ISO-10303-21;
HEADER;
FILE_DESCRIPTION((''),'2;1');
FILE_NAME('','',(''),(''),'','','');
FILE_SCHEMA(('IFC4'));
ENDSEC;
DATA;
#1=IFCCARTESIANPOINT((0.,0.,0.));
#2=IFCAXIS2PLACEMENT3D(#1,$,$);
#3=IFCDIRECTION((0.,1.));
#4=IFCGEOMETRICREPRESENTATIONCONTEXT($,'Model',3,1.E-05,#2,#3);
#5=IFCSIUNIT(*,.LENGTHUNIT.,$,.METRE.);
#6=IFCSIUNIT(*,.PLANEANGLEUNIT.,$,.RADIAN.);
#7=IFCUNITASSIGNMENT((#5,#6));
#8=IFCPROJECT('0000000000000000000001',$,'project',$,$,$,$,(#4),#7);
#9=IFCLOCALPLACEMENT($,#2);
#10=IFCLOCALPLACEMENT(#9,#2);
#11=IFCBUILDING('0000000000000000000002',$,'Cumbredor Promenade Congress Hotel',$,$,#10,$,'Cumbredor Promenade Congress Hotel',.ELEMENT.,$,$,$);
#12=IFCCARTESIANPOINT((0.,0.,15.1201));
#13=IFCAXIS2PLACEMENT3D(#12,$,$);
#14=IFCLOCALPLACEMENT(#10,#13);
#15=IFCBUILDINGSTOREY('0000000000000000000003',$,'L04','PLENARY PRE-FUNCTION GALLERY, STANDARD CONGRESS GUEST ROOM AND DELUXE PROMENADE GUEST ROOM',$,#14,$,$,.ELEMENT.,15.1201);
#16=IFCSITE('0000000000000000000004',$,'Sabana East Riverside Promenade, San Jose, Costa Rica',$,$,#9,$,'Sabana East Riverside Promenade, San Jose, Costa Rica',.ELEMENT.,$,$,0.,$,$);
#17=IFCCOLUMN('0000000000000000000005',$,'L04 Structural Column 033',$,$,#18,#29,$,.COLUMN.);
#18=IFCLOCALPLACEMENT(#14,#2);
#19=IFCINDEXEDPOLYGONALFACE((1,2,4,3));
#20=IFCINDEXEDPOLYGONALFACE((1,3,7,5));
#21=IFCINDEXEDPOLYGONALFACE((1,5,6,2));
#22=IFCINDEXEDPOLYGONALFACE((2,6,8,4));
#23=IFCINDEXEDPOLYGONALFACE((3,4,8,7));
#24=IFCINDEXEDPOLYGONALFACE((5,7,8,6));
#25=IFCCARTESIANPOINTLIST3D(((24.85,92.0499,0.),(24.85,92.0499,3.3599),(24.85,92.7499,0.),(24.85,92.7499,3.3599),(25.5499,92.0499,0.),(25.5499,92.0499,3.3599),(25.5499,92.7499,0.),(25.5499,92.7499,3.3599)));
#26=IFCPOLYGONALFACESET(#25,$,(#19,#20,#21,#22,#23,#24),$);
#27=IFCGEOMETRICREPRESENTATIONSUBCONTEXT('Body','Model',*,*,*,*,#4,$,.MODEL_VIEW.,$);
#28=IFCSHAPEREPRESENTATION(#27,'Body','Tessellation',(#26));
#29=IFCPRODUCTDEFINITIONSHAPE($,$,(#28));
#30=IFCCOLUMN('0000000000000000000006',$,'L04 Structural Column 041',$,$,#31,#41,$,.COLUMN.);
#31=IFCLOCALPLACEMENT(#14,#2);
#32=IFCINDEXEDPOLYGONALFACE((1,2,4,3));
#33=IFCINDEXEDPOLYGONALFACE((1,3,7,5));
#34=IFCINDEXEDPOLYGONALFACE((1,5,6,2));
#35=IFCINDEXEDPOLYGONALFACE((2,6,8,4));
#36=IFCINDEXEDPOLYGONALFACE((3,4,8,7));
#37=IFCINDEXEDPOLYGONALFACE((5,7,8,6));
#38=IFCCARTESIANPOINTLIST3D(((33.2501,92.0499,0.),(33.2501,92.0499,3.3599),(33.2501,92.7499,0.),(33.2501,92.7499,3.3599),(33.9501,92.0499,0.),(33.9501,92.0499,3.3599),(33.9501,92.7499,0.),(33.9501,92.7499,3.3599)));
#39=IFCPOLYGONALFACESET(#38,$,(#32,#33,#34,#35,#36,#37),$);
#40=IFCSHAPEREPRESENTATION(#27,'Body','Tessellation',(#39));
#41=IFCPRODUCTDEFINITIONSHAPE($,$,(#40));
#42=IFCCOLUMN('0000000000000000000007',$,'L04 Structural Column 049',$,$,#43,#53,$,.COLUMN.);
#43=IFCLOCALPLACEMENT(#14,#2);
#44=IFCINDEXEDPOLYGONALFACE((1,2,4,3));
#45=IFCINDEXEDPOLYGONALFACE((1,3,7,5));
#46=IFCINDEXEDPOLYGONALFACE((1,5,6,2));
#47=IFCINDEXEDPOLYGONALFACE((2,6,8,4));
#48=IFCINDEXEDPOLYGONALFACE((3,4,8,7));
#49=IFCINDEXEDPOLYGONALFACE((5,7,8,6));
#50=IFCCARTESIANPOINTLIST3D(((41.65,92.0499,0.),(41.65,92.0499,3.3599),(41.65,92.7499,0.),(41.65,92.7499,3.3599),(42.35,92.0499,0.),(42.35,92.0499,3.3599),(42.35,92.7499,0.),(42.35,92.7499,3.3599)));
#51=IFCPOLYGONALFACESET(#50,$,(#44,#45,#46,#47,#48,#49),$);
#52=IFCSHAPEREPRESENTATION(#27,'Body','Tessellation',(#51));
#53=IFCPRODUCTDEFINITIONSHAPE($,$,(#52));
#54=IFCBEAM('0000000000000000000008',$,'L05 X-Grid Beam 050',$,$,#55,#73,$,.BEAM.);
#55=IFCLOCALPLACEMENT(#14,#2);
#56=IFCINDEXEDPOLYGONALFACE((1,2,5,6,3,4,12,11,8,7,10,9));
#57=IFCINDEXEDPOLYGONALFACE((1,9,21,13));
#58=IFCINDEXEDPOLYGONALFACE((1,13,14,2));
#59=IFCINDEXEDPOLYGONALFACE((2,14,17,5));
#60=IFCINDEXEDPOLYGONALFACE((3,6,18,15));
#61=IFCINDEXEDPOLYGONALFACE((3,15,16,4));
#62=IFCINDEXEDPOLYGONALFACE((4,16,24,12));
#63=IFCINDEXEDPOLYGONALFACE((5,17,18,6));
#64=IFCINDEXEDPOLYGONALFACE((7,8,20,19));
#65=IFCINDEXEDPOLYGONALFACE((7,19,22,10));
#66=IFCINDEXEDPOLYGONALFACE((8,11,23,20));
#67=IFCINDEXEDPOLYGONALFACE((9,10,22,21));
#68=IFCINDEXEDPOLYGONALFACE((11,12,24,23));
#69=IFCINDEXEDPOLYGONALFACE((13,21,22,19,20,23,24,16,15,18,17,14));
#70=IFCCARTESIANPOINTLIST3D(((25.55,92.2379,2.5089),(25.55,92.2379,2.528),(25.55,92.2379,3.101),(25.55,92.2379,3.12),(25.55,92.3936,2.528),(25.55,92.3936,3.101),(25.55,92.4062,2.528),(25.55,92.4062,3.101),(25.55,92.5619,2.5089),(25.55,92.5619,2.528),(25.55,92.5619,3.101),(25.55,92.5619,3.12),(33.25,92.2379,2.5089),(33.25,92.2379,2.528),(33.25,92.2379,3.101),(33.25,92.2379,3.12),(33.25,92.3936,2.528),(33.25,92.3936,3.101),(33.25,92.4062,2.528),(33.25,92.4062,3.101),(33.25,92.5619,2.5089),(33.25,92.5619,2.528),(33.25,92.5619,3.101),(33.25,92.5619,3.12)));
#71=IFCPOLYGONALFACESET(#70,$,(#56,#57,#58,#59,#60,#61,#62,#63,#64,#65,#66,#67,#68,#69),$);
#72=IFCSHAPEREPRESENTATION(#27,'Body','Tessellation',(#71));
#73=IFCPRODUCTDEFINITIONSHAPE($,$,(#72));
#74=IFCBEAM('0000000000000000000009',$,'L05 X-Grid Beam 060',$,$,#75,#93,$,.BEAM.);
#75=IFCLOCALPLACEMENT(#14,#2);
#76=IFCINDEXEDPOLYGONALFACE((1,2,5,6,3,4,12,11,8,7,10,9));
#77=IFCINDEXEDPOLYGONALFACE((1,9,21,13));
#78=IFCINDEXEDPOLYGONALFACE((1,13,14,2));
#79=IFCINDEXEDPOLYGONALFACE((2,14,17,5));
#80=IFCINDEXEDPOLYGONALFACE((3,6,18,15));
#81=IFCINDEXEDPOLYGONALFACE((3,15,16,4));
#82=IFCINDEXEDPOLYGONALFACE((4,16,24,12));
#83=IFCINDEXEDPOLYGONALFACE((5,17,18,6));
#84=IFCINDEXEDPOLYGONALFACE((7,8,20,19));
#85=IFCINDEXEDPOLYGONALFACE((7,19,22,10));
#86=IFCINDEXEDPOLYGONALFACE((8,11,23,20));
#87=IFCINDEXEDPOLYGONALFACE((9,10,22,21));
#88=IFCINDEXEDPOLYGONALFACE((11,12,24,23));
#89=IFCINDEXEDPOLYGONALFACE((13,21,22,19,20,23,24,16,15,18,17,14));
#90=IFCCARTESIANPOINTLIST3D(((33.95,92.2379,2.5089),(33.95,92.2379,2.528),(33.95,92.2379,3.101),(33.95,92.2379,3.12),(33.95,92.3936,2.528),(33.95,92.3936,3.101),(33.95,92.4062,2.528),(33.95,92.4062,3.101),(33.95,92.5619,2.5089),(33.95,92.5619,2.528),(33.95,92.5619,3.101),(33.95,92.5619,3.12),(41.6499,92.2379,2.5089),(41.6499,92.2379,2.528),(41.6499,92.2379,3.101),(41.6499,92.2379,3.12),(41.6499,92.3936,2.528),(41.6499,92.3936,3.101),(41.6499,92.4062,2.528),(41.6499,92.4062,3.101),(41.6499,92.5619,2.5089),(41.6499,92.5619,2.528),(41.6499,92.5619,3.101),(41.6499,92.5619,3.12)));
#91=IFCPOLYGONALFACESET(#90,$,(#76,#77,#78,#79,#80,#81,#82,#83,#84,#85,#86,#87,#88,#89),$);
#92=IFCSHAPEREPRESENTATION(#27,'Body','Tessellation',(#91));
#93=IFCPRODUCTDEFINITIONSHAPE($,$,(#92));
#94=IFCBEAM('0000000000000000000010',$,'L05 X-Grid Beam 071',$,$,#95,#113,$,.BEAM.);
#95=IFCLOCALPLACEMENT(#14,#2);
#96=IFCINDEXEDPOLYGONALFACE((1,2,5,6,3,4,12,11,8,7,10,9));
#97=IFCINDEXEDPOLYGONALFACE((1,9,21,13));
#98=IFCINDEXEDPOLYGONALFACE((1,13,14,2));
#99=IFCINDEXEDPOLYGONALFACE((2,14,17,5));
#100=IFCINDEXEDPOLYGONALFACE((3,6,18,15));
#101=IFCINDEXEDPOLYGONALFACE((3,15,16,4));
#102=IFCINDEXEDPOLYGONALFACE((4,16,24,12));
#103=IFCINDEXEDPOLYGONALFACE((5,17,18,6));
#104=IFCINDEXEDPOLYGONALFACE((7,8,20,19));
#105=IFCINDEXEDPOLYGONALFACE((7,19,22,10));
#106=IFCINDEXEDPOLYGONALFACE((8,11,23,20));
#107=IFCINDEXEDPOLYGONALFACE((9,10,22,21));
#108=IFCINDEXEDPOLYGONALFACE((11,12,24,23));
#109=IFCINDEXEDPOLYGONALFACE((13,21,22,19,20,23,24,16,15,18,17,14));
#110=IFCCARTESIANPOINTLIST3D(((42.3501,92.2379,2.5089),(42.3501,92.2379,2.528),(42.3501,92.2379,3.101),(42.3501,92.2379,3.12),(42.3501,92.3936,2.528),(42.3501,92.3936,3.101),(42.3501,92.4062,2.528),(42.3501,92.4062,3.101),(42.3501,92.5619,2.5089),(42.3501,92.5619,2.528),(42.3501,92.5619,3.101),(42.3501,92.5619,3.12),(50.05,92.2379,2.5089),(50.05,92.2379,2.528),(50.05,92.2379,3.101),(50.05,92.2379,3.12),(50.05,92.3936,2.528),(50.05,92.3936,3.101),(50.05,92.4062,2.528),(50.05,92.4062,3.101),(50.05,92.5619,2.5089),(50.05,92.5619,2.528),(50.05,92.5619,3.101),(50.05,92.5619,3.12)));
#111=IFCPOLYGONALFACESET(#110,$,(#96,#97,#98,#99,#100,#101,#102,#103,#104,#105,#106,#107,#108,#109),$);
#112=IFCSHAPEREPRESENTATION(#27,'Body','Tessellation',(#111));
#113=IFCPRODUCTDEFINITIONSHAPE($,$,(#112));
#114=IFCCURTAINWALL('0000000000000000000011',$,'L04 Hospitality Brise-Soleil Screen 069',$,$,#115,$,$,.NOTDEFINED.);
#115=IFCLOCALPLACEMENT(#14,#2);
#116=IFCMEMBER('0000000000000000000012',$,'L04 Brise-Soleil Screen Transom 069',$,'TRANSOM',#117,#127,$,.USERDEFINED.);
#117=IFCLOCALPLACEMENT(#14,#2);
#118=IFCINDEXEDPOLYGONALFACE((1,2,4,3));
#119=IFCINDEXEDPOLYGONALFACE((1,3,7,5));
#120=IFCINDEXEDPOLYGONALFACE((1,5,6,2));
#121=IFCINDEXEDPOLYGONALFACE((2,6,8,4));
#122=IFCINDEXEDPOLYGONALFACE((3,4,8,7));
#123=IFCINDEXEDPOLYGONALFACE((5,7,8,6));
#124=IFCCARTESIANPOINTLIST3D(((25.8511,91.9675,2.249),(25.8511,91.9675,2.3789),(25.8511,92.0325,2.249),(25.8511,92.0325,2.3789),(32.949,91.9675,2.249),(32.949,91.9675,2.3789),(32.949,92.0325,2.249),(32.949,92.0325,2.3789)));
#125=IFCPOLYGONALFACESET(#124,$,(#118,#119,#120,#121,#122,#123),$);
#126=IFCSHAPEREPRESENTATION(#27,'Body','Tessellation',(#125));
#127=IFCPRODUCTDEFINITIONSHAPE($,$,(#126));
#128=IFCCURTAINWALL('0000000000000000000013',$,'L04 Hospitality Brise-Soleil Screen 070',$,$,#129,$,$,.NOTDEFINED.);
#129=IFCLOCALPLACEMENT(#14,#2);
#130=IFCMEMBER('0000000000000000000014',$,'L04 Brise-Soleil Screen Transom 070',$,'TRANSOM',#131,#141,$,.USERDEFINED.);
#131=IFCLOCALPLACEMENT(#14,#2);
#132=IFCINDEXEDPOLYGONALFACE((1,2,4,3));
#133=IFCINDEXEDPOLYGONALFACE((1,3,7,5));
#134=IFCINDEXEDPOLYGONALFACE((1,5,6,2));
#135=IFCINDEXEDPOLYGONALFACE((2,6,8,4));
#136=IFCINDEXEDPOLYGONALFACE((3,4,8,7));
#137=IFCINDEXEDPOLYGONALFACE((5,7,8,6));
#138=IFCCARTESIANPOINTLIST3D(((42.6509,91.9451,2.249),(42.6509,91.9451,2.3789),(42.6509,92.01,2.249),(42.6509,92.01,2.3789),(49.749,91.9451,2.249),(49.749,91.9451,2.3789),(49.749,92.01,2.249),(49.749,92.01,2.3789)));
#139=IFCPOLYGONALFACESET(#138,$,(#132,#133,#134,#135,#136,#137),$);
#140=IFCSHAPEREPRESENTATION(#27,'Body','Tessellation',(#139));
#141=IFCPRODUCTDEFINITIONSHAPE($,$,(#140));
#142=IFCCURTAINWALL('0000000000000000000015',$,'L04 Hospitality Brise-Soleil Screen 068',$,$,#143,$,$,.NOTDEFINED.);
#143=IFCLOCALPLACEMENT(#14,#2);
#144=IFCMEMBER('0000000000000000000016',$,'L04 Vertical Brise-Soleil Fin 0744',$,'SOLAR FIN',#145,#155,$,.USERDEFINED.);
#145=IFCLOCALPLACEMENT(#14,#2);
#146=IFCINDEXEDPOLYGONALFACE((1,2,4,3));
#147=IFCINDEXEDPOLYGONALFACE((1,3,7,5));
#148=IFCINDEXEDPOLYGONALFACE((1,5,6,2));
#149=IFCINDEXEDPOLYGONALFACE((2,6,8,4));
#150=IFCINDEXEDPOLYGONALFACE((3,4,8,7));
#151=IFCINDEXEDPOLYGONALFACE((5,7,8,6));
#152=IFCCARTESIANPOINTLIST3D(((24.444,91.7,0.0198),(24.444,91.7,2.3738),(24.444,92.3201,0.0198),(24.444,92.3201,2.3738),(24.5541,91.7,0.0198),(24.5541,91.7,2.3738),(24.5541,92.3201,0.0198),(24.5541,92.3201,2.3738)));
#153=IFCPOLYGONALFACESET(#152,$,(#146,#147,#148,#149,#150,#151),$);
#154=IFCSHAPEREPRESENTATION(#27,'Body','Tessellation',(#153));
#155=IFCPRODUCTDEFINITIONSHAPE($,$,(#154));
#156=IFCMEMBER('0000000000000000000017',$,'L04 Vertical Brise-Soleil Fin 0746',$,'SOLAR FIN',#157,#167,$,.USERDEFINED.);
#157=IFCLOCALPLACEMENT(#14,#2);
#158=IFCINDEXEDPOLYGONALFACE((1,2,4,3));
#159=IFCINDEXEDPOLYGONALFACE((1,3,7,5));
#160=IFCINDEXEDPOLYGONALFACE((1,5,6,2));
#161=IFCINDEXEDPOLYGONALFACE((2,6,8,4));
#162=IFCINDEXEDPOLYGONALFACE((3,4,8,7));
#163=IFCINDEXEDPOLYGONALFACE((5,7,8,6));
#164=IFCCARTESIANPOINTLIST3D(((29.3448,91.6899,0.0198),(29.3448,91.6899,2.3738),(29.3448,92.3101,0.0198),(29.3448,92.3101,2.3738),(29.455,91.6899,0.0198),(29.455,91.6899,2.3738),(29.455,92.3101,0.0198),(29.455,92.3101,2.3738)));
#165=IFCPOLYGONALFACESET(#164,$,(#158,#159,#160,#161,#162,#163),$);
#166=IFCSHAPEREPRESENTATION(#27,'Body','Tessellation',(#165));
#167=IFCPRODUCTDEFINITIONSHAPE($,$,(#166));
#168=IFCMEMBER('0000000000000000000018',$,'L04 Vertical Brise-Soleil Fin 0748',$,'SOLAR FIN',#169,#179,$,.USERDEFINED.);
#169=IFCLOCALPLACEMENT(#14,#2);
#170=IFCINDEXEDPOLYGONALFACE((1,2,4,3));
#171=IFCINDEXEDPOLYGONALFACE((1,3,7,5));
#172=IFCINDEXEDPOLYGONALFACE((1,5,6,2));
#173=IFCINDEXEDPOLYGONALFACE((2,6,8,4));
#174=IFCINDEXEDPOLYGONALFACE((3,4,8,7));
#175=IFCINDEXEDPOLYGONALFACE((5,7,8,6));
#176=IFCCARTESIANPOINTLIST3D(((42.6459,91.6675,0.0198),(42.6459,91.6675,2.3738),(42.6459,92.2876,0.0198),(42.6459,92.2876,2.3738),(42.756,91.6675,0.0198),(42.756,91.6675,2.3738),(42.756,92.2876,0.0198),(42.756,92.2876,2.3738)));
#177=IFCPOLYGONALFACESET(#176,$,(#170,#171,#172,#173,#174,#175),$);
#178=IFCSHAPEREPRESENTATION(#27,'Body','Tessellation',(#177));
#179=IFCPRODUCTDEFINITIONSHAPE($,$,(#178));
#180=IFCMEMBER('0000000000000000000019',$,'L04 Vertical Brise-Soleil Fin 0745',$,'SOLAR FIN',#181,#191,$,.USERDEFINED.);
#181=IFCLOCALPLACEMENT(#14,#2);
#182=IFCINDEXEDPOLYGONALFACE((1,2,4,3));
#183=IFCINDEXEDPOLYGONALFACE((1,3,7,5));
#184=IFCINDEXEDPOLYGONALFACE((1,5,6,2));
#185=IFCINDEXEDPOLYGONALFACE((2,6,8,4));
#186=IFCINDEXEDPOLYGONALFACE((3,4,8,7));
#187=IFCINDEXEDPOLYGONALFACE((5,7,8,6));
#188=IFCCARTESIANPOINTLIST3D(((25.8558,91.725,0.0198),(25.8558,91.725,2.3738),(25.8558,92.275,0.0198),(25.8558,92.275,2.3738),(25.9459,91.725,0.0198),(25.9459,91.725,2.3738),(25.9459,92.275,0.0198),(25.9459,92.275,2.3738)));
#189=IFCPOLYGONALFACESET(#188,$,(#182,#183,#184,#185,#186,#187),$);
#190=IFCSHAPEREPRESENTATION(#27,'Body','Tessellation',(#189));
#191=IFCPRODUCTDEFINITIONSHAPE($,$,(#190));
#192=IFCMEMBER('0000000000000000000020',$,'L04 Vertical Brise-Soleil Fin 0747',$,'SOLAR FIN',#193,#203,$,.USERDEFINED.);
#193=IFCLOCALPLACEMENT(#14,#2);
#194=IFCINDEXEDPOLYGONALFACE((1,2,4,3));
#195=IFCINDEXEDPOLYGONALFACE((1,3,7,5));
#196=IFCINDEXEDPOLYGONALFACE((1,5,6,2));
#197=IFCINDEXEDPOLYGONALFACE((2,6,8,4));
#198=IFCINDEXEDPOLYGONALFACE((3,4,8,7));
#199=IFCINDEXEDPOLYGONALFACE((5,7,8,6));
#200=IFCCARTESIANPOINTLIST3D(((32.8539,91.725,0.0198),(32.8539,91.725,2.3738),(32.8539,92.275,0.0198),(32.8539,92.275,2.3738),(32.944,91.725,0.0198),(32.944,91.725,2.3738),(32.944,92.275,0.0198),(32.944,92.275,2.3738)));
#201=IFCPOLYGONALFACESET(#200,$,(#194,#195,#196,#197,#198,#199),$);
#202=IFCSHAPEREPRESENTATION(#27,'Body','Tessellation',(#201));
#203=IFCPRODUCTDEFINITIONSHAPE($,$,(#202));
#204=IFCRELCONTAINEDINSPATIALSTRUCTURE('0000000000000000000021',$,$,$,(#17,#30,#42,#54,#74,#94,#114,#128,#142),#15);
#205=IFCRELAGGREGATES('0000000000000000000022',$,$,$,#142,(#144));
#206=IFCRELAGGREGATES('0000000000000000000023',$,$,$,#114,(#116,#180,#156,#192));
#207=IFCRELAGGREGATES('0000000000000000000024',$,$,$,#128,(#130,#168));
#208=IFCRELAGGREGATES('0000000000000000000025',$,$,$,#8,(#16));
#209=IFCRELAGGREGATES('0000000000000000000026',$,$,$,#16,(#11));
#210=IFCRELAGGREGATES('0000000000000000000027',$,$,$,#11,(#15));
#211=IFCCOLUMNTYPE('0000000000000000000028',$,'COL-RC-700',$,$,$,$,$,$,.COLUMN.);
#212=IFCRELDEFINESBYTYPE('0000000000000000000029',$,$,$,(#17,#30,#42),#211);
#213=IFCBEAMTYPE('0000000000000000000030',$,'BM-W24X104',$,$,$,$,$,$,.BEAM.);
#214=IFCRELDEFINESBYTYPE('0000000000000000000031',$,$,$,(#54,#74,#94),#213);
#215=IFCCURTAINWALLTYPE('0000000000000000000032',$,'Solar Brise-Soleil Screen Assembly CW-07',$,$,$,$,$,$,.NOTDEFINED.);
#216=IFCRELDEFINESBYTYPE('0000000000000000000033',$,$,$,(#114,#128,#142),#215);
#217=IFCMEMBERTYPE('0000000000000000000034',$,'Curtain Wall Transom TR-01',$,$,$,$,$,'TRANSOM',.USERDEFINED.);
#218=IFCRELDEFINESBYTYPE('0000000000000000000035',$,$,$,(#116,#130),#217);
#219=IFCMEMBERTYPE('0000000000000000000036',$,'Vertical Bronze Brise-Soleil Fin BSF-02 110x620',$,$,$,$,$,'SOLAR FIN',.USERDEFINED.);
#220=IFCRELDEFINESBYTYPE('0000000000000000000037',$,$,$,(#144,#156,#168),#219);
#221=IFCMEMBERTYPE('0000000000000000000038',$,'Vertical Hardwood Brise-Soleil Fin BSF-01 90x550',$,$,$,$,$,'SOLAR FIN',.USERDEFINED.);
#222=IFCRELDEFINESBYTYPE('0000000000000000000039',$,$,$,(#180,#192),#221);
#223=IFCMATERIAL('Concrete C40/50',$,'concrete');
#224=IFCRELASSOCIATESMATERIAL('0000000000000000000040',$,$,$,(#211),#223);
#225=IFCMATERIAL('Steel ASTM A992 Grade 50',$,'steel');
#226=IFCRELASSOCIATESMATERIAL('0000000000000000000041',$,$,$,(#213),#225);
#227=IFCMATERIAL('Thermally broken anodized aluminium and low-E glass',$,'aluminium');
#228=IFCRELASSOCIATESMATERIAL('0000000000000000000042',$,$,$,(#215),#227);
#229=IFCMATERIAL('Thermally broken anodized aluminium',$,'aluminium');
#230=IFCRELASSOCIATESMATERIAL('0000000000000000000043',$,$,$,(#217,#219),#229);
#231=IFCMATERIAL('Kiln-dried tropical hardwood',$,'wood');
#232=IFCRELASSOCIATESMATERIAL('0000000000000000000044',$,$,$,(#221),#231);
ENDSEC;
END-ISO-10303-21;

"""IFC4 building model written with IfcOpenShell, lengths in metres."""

from ifc_helpers import new_model, si_unit, direction, frame, origin, origin_2d, place, context, subcontext, project, spatial, rectangle, i_section, extrude, material, material_profile, profile_set, type_object, element, aggregate, save


model = new_model("IFC4")

# Units and contexts
model_context = context("Model", 3, precision=1e-05, world=origin(), true_north=direction((0.0, 1.0)))
body_context = subcontext(model_context, "Body", "Model", "MODEL_VIEW")
ifc_project = project(units=[si_unit("LENGTHUNIT", "METRE"), si_unit("PLANEANGLEUNIT", "RADIAN")], contexts=[model_context])

# Site, building, storey
site_placement = place(None, origin())
site = spatial("IfcSite", under=ifc_project, at=site_placement, Name="Sabana East Riverside Promenade, San Jose, Costa Rica", LongName="Sabana East Riverside Promenade, San Jose, Costa Rica", CompositionType="ELEMENT", RefElevation=0.0)
building_placement = place(site_placement, origin())
building = spatial("IfcBuilding", under=site, at=building_placement, Name="Cumbredor Promenade Congress Hotel", LongName="Cumbredor Promenade Congress Hotel", CompositionType="ELEMENT")
storey_placement = place(building_placement, frame((0.0, 0.0, 15.1201)))
storey = spatial("IfcBuildingStorey", under=building, at=storey_placement, Name="L04", Description="PLENARY PRE-FUNCTION GALLERY, STANDARD CONGRESS GUEST ROOM AND DELUXE PROMENADE GUEST ROOM", CompositionType="ELEMENT", Elevation=15.1201)

# Columns
ifc_material_1 = material(Name="Concrete C40/50", Category="concrete")
ifc_material_profile_1 = material_profile(ifc_material_1, rectangle(XDim=0.7, YDim=0.7, at=origin_2d()), Name="RC 700x700")
ifc_profile_set_1 = profile_set([ifc_material_profile_1], Name="Concrete C40/50")
column_type = type_object("IfcColumnType", Name="COL-RC-700", PredefinedType="COLUMN", material=ifc_profile_set_1)
for number, where, z_axis, x_axis, name in (
    (1, (25.2, 92.3999, 0.0), (0.0, 0.0, 1.0), (1.0, 0.0, 0.0), "L04 Structural Column 033"),
    (2, (33.6001, 92.3999, 0.0), (0.0, 0.0, 1.0), (1.0, 0.0, 0.0), "L04 Structural Column 041"),
    (3, (42.0, 92.3999, 0.0), (0.0, 0.0, 1.0), (1.0, 0.0, 0.0), "L04 Structural Column 049"),
):
    element("IfcColumn", number, at=place(storey_placement, frame(where, z_axis=z_axis, x_axis=x_axis)), inside=storey, type_object=column_type, Name=name, PredefinedType="COLUMN", context=body_context, shape_type="SweptSolid", body=[
        extrude(rectangle(XDim=0.7, YDim=0.7, at=origin_2d()), origin(), (0.0, 0.0, 1.0), 3.3599),
    ])

# Beams
ifc_material_2 = material(Name="Steel ASTM A992 Grade 50", Category="steel")
ifc_material_profile_2 = material_profile(ifc_material_2, i_section(OverallWidth=0.324, OverallDepth=0.6111, WebThickness=0.0127, FlangeThickness=0.019, at=origin_2d()), Name="W24X104")
ifc_profile_set_2 = profile_set([ifc_material_profile_2], Name="Steel ASTM A992 Grade 50")
beam_type = type_object("IfcBeamType", Name="BM-W24X104", PredefinedType="BEAM", material=ifc_profile_set_2)
for number, where, z_axis, x_axis, name in (
    (4, (25.55, 92.3999, 2.8145), (1.0, 0.0, 0.0), (0.0, 1.0, 0.0), "L05 X-Grid Beam 050"),
    (5, (33.95, 92.3999, 2.8145), (1.0, 0.0, 0.0), (0.0, 1.0, 0.0), "L05 X-Grid Beam 060"),
    (6, (42.3501, 92.3999, 2.8145), (1.0, 0.0, 0.0), (0.0, 1.0, 0.0), "L05 X-Grid Beam 071"),
):
    element("IfcBeam", number, at=place(storey_placement, frame(where, z_axis=z_axis, x_axis=x_axis)), inside=storey, type_object=beam_type, Name=name, PredefinedType="BEAM", context=body_context, shape_type="SweptSolid", body=[
        extrude(i_section(OverallWidth=0.324, OverallDepth=0.6111, WebThickness=0.0127, FlangeThickness=0.019, at=origin_2d()), origin(), (0.0, 0.0, 1.0), 7.7),
    ])

# Curtain walls, members
ifc_material_3 = material(Name="Thermally broken anodized aluminium and low-E glass", Category="aluminium")
curtain_wall_type = type_object("IfcCurtainWallType", Name="Solar Brise-Soleil Screen Assembly CW-07", PredefinedType="NOTDEFINED", material=ifc_material_3)
curtain_wall_1_placement = place(storey_placement, origin())
curtain_wall_1 = element("IfcCurtainWall", 7, at=curtain_wall_1_placement, inside=storey, type_object=curtain_wall_type, Name="L04 Hospitality Brise-Soleil Screen 069", PredefinedType="NOTDEFINED")
ifc_material_4 = material(Name="Thermally broken anodized aluminium", Category="aluminium")
ifc_material_profile_3 = material_profile(ifc_material_4, rectangle(XDim=0.0649, YDim=0.1299, at=origin_2d()), Name="ALU TRANSOM 65x130")
ifc_profile_set_3 = profile_set([ifc_material_profile_3], Name="Thermally broken anodized aluminium")
member_type_1 = type_object("IfcMemberType", Name="Curtain Wall Transom TR-01", ElementType="TRANSOM", PredefinedType="USERDEFINED", material=ifc_profile_set_3)
member_1_placement = place(storey_placement, frame((25.8511, 92.0, 2.314), z_axis=(1.0, 0.0, 0.0), x_axis=(0.0, 1.0, 0.0)))
member_1 = element("IfcMember", 8, at=member_1_placement, type_object=member_type_1, Name="L04 Brise-Soleil Screen Transom 069", ObjectType="TRANSOM", PredefinedType="USERDEFINED", context=body_context, shape_type="SweptSolid", body=[
    extrude(rectangle(XDim=0.0649, YDim=0.1299, at=origin_2d()), origin(), (0.0, 0.0, 1.0), 7.0979),
])
curtain_wall_2_placement = place(storey_placement, origin())
curtain_wall_2 = element("IfcCurtainWall", 9, at=curtain_wall_2_placement, inside=storey, type_object=curtain_wall_type, Name="L04 Hospitality Brise-Soleil Screen 070", PredefinedType="NOTDEFINED")
member_2_placement = place(storey_placement, frame((42.6509, 91.9775, 2.314), z_axis=(1.0, 0.0, 0.0), x_axis=(0.0, 1.0, 0.0)))
member_2 = element("IfcMember", 10, at=member_2_placement, type_object=member_type_1, Name="L04 Brise-Soleil Screen Transom 070", ObjectType="TRANSOM", PredefinedType="USERDEFINED", context=body_context, shape_type="SweptSolid", body=[
    extrude(rectangle(XDim=0.0649, YDim=0.1299, at=origin_2d()), origin(), (0.0, 0.0, 1.0), 7.0981),
])
curtain_wall_3_placement = place(storey_placement, origin())
curtain_wall_3 = element("IfcCurtainWall", 11, at=curtain_wall_3_placement, inside=storey, type_object=curtain_wall_type, Name="L04 Hospitality Brise-Soleil Screen 068", PredefinedType="NOTDEFINED")
ifc_material_profile_4 = material_profile(ifc_material_4, rectangle(XDim=0.1101, YDim=0.6201, at=origin_2d()), Name="ARCH FIN 110x620")
ifc_profile_set_4 = profile_set([ifc_material_profile_4], Name="Thermally broken anodized aluminium")
member_type_2 = type_object("IfcMemberType", Name="Vertical Bronze Brise-Soleil Fin BSF-02 110x620", ElementType="SOLAR FIN", PredefinedType="USERDEFINED", material=ifc_profile_set_4)
member_3_placement = place(storey_placement, frame((24.499, 92.01, 0.0198), z_axis=(0.0, 0.0, 1.0), x_axis=(1.0, 0.0, 0.0)))
member_3 = element("IfcMember", 12, at=member_3_placement, type_object=member_type_2, Name="L04 Vertical Brise-Soleil Fin 0744", ObjectType="SOLAR FIN", PredefinedType="USERDEFINED", context=body_context, shape_type="SweptSolid", body=[
    extrude(rectangle(XDim=0.1101, YDim=0.6201, at=origin_2d()), origin(), (0.0, 0.0, 1.0), 2.354),
])
aggregate(curtain_wall_3, [member_3])

# Members
member_4_placement = place(storey_placement, frame((29.3999, 92.0, 0.0198), z_axis=(0.0, 0.0, 1.0), x_axis=(1.0, 0.0, 0.0)))
member_4 = element("IfcMember", 13, at=member_4_placement, type_object=member_type_2, Name="L04 Vertical Brise-Soleil Fin 0746", ObjectType="SOLAR FIN", PredefinedType="USERDEFINED", context=body_context, shape_type="SweptSolid", body=[
    extrude(rectangle(XDim=0.1101, YDim=0.6201, at=origin_2d()), origin(), (0.0, 0.0, 1.0), 2.354),
])
member_5_placement = place(storey_placement, frame((42.7009, 91.9775, 0.0198), z_axis=(0.0, 0.0, 1.0), x_axis=(1.0, 0.0, 0.0)))
member_5 = element("IfcMember", 14, at=member_5_placement, type_object=member_type_2, Name="L04 Vertical Brise-Soleil Fin 0748", ObjectType="SOLAR FIN", PredefinedType="USERDEFINED", context=body_context, shape_type="SweptSolid", body=[
    extrude(rectangle(XDim=0.1101, YDim=0.6201, at=origin_2d()), origin(), (0.0, 0.0, 1.0), 2.354),
])
ifc_material_5 = material(Name="Kiln-dried tropical hardwood", Category="wood")
ifc_material_profile_5 = material_profile(ifc_material_5, rectangle(XDim=0.0901, YDim=0.55, at=origin_2d()), Name="ARCH FIN 90x550")
ifc_profile_set_5 = profile_set([ifc_material_profile_5], Name="Kiln-dried tropical hardwood")
member_type_3 = type_object("IfcMemberType", Name="Vertical Hardwood Brise-Soleil Fin BSF-01 90x550", ElementType="SOLAR FIN", PredefinedType="USERDEFINED", material=ifc_profile_set_5)
member_6_placement = place(storey_placement, frame((25.9009, 92.0, 0.0198), z_axis=(0.0, 0.0, 1.0), x_axis=(1.0, 0.0, 0.0)))
member_6 = element("IfcMember", 15, at=member_6_placement, type_object=member_type_3, Name="L04 Vertical Brise-Soleil Fin 0745", ObjectType="SOLAR FIN", PredefinedType="USERDEFINED", context=body_context, shape_type="SweptSolid", body=[
    extrude(rectangle(XDim=0.0901, YDim=0.55, at=origin_2d()), origin(), (0.0, 0.0, 1.0), 2.354),
])
member_7_placement = place(storey_placement, frame((32.8989, 92.0, 0.0198), z_axis=(0.0, 0.0, 1.0), x_axis=(1.0, 0.0, 0.0)))
member_7 = element("IfcMember", 16, at=member_7_placement, type_object=member_type_3, Name="L04 Vertical Brise-Soleil Fin 0747", ObjectType="SOLAR FIN", PredefinedType="USERDEFINED", context=body_context, shape_type="SweptSolid", body=[
    extrude(rectangle(XDim=0.0901, YDim=0.55, at=origin_2d()), origin(), (0.0, 0.0, 1.0), 2.354),
])
aggregate(curtain_wall_1, [member_1, member_6, member_4, member_7])
aggregate(curtain_wall_2, [member_2, member_5])

save(model, "model.ifc")
